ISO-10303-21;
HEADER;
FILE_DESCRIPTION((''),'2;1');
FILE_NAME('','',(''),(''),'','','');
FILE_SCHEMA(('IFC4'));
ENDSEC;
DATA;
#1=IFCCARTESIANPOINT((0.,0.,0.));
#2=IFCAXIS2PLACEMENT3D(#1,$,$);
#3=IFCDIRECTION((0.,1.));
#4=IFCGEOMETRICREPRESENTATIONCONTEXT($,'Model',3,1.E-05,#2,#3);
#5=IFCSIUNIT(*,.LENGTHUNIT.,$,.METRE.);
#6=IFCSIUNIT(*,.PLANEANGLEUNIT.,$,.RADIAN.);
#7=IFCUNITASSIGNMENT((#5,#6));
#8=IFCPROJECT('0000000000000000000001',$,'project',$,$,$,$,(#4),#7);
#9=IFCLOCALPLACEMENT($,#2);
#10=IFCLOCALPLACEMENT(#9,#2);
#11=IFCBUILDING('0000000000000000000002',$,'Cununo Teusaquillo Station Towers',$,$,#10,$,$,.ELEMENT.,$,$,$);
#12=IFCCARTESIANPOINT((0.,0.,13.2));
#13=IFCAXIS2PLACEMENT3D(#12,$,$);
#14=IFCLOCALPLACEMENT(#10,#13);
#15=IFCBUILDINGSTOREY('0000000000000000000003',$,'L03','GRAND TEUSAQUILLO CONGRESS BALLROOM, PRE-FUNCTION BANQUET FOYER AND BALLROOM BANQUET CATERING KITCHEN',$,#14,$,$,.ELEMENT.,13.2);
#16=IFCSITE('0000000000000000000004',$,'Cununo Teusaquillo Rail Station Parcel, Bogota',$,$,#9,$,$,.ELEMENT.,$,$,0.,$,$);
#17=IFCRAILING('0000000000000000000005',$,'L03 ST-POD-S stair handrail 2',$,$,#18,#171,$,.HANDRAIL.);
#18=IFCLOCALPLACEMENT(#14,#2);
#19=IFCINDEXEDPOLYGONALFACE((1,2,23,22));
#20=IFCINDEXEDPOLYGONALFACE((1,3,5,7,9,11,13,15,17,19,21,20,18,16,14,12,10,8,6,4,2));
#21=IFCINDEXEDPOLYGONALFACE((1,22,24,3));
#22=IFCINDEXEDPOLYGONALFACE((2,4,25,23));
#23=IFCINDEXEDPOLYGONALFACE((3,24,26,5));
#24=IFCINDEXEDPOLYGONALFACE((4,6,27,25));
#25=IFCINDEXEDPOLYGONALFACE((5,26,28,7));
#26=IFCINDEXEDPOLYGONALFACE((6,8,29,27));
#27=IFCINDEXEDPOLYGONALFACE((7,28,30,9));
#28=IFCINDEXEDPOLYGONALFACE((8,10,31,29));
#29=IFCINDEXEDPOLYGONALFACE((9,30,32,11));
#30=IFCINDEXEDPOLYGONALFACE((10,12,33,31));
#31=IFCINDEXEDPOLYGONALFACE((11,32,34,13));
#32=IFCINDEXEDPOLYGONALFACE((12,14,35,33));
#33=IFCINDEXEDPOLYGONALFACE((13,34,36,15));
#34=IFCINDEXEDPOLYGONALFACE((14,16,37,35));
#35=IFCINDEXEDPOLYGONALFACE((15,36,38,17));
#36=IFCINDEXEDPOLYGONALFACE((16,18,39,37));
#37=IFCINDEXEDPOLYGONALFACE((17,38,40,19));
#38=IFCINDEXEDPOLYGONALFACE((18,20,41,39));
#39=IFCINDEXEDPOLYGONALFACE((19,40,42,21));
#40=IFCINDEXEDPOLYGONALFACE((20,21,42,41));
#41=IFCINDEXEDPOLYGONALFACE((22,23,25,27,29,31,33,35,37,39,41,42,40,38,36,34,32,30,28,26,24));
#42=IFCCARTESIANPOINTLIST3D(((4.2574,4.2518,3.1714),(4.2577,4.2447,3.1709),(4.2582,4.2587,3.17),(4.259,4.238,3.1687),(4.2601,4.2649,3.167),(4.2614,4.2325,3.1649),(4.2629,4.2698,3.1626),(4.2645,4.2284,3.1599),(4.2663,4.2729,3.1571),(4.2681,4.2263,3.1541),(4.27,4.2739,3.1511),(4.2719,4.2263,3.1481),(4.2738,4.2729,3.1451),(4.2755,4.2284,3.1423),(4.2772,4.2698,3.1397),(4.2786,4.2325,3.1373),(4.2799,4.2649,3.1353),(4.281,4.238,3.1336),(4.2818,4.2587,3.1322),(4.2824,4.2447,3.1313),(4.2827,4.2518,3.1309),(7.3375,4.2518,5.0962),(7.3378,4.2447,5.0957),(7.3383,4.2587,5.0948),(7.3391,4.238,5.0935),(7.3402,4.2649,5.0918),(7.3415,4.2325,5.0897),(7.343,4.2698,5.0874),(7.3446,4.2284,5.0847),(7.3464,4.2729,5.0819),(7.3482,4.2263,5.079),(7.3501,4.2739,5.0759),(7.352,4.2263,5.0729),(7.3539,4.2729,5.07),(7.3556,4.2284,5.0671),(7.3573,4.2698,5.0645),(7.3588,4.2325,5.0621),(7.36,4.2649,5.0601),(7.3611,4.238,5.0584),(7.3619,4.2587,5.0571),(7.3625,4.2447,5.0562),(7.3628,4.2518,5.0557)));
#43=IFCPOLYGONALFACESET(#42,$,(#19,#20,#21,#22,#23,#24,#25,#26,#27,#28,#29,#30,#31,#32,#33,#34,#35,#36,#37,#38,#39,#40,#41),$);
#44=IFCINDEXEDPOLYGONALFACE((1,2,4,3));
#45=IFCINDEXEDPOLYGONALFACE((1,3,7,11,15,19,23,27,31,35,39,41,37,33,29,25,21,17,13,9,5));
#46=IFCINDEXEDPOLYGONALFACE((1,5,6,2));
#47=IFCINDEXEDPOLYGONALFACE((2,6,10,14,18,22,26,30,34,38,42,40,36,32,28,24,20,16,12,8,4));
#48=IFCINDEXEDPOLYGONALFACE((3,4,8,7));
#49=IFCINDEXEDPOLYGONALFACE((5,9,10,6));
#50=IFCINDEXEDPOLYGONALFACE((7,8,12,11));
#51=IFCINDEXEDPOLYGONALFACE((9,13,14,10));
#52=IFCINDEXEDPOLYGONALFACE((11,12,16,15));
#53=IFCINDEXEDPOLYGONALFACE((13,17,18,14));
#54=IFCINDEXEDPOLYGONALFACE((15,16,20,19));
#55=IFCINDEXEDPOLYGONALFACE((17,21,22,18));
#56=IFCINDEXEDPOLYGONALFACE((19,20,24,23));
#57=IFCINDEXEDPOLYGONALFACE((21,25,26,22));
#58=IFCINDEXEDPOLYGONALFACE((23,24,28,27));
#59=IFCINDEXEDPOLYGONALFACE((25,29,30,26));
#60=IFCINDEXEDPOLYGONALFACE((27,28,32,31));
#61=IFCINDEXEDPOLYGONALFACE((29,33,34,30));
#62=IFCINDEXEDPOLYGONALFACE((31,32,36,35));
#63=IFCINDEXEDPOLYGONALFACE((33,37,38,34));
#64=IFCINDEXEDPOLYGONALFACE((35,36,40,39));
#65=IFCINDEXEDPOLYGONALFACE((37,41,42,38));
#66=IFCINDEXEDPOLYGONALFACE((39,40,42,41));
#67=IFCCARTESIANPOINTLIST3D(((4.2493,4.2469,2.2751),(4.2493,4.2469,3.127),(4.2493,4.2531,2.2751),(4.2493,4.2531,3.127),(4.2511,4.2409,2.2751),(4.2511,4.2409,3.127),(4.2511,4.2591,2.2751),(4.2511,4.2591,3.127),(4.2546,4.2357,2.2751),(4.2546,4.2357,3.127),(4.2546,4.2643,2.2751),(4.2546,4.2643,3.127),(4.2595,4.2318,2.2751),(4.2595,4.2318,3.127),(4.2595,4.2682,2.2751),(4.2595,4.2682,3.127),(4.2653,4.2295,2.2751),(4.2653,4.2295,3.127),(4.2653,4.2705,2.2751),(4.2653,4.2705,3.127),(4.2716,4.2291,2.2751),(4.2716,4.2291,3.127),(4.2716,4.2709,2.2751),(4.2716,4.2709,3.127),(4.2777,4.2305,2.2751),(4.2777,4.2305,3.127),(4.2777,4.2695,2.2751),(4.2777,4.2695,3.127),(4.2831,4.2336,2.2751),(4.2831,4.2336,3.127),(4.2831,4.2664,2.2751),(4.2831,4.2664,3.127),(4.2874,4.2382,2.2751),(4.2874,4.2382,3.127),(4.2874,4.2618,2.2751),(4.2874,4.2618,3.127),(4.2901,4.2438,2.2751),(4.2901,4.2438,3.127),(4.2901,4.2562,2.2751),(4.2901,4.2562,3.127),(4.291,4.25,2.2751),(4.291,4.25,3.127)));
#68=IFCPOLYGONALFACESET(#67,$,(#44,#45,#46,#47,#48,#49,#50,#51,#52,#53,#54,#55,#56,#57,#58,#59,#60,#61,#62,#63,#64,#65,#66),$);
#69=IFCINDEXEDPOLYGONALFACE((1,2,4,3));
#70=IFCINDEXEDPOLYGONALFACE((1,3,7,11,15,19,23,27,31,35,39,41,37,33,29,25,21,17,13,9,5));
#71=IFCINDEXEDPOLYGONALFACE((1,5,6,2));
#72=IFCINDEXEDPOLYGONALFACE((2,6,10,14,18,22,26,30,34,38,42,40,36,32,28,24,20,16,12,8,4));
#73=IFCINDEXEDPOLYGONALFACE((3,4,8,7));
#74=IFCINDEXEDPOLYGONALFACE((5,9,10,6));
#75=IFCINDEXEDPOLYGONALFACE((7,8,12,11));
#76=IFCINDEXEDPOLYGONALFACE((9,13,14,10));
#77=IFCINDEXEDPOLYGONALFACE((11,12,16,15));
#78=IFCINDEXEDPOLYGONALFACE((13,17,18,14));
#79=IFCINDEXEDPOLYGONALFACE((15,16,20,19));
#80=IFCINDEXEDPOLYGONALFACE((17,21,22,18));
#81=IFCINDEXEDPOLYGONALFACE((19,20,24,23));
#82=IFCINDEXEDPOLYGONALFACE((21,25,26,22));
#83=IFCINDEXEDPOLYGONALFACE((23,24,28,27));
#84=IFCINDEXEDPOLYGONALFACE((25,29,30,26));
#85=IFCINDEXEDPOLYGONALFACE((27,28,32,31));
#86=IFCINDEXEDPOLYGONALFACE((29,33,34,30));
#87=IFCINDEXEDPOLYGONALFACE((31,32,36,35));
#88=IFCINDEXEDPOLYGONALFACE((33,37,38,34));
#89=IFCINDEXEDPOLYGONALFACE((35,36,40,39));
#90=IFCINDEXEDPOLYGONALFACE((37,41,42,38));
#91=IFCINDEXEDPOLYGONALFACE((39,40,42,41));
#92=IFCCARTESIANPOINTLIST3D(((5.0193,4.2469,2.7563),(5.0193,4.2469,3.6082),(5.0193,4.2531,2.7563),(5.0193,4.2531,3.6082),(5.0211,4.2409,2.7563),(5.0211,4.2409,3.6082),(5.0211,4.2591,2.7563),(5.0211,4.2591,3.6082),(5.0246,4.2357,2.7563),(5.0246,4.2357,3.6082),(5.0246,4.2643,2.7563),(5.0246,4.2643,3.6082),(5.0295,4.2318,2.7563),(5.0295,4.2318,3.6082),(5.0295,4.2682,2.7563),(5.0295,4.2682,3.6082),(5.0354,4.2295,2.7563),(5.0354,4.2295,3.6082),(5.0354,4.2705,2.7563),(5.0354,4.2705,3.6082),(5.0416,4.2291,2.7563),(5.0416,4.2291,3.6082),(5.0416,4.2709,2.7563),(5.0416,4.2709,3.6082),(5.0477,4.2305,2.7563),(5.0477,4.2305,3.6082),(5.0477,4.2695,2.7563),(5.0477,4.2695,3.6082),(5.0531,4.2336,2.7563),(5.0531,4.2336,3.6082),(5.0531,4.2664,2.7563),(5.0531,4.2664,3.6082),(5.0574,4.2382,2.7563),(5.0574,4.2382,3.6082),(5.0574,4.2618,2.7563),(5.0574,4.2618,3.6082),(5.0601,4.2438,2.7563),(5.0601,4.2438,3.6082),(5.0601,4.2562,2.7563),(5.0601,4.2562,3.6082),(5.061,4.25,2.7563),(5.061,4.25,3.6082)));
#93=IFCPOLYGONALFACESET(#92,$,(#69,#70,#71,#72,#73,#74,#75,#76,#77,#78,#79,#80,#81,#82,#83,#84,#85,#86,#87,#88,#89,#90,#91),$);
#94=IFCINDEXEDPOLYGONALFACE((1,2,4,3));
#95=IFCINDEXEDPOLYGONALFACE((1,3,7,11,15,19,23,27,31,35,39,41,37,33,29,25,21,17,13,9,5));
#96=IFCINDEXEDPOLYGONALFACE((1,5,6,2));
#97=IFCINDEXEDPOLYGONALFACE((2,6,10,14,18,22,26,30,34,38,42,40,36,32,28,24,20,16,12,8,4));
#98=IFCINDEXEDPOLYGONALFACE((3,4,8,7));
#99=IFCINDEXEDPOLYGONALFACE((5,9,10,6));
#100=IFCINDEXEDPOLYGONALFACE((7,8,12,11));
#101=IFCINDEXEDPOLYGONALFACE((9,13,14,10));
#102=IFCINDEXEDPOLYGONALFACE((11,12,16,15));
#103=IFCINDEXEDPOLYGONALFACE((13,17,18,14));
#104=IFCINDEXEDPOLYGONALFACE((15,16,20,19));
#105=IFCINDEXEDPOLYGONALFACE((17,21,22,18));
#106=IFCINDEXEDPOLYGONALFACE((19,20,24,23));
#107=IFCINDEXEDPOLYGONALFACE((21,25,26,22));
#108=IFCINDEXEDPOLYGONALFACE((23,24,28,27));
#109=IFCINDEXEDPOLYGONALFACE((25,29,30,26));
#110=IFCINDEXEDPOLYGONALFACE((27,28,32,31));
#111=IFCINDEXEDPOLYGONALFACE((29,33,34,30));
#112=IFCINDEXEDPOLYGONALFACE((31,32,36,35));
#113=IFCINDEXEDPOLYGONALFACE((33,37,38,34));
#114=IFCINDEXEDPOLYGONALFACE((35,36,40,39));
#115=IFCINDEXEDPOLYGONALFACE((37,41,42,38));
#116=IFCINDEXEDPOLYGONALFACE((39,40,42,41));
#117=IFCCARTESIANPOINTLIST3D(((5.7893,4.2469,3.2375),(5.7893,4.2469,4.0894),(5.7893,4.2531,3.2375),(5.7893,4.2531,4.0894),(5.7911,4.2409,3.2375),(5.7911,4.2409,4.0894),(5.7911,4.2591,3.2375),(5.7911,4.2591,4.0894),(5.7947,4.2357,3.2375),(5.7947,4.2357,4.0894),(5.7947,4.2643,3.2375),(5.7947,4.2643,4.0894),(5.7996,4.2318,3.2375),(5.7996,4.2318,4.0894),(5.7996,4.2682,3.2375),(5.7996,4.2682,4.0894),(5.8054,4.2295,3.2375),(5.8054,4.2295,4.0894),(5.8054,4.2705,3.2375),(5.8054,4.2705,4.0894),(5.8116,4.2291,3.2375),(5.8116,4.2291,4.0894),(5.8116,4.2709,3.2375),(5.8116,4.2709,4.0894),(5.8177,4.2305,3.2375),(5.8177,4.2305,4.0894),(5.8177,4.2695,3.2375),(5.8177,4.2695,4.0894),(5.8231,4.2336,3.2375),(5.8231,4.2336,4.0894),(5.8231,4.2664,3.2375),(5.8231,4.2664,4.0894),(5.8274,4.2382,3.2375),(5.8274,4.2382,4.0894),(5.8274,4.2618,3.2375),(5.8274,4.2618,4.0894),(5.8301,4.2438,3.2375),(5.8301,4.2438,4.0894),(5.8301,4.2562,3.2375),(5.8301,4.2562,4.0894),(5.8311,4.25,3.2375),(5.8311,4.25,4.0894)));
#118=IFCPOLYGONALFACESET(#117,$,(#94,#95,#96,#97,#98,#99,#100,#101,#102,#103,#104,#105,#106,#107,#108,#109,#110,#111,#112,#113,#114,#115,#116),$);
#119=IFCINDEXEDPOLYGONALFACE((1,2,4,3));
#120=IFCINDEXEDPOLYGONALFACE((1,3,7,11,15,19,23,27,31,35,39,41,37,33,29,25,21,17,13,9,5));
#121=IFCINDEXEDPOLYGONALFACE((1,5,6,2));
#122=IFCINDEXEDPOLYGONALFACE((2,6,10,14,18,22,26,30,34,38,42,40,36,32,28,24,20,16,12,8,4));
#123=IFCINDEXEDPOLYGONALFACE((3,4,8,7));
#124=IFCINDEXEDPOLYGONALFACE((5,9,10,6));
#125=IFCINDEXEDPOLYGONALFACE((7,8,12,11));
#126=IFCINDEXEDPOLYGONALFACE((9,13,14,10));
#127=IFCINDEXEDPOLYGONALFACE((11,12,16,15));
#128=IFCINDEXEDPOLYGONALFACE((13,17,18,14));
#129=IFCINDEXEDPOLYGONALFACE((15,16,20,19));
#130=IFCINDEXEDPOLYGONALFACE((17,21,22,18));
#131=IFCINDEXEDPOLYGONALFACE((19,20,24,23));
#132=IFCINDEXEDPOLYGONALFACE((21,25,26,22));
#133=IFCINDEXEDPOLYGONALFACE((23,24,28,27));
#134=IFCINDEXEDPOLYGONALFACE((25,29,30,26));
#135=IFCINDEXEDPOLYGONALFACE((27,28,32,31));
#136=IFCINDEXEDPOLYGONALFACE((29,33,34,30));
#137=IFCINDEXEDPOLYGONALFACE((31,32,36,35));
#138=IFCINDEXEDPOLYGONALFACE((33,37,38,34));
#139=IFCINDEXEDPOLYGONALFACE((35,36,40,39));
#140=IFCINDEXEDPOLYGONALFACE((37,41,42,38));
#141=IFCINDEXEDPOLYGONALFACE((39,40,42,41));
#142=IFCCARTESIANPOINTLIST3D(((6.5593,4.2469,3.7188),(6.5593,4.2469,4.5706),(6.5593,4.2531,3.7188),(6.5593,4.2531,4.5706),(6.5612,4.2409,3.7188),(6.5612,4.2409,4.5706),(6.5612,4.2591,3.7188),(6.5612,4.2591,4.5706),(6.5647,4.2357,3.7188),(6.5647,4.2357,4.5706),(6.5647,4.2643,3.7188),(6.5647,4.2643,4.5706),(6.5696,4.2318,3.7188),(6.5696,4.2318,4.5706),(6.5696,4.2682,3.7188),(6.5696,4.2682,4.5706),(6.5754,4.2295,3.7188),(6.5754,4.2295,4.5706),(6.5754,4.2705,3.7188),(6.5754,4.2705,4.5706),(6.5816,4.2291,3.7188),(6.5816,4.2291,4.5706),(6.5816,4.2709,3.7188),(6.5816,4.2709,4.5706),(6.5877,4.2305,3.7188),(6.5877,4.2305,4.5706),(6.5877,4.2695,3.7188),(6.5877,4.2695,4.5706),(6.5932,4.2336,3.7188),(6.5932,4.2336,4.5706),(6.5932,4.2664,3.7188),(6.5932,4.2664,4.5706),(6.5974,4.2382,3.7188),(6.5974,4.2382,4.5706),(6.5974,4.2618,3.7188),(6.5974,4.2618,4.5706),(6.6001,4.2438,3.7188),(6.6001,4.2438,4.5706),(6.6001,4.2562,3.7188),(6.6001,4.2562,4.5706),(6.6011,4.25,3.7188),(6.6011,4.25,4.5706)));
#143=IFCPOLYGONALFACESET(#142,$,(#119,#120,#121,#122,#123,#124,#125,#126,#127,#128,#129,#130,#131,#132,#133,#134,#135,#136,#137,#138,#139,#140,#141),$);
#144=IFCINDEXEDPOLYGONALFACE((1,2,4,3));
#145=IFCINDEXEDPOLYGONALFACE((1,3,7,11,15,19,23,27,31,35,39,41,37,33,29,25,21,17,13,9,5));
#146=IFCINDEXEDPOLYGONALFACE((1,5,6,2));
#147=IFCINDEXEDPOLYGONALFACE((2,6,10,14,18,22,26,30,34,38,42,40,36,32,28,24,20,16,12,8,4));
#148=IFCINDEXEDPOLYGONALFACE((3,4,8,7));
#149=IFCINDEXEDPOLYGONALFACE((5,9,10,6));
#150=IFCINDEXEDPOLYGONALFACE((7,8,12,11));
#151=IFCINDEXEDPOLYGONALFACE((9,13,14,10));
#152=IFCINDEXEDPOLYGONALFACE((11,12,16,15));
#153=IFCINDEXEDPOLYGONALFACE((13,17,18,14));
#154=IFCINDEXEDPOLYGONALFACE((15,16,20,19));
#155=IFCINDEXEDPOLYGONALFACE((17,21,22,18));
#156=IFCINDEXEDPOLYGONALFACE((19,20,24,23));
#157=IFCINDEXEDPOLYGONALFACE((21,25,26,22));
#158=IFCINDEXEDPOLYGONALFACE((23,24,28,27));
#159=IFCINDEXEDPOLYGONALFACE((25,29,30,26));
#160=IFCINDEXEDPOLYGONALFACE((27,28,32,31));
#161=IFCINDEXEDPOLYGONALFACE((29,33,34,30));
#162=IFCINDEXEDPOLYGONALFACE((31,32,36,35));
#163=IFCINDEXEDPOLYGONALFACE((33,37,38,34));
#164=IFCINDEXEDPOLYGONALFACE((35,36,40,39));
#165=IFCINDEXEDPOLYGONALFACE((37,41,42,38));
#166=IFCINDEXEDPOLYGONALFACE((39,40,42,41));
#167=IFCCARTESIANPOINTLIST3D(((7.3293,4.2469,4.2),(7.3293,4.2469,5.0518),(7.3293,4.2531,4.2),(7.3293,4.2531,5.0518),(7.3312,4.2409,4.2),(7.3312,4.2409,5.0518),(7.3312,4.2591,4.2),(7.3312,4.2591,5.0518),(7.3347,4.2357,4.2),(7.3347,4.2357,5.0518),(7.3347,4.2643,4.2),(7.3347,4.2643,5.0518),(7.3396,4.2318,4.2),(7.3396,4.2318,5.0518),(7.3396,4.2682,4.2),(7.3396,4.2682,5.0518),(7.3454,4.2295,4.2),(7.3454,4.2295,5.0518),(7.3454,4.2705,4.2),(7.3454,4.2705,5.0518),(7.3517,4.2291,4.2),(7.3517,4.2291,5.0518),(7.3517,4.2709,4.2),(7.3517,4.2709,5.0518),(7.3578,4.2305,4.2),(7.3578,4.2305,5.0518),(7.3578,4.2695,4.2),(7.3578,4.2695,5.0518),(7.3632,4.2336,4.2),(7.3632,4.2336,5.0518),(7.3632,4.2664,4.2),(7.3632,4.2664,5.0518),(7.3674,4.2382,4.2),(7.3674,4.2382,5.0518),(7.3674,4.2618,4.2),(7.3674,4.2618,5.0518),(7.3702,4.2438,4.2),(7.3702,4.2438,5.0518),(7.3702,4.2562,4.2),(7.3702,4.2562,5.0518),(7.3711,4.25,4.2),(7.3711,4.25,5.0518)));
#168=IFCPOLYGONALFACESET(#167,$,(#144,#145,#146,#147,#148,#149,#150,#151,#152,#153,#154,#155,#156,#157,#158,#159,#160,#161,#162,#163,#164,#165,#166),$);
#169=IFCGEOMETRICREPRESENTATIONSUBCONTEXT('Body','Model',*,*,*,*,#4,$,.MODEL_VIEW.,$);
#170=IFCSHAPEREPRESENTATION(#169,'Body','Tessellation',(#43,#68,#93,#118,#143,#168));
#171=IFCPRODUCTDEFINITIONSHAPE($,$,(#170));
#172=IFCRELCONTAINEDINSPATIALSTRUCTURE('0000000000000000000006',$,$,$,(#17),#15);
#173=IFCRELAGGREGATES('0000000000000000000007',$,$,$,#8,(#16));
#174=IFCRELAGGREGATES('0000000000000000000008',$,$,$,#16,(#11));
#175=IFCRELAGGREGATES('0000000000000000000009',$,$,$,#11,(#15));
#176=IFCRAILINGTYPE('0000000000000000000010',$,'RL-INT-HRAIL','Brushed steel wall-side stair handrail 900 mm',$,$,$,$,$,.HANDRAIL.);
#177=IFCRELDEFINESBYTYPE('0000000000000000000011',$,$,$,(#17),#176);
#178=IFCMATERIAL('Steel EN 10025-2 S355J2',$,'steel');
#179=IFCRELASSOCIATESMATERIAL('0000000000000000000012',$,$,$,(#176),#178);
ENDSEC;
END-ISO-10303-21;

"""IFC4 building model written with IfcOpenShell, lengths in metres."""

from ifc_helpers import new_model, si_unit, direction, frame, origin, origin_2d, place, context, subcontext, project, spatial, circle, extrude, material, type_object, element, save


model = new_model("IFC4")

# Units and contexts
model_context = context("Model", 3, precision=1e-05, world=origin(), true_north=direction((0.0, 1.0)))
body_context = subcontext(model_context, "Body", "Model", "MODEL_VIEW")
ifc_project = project(units=[si_unit("LENGTHUNIT", "METRE"), si_unit("PLANEANGLEUNIT", "RADIAN")], contexts=[model_context])

# Site, building, storey
site_placement = place(None, origin())
site = spatial("IfcSite", under=ifc_project, at=site_placement, Name="Cununo Teusaquillo Rail Station Parcel, Bogota", CompositionType="ELEMENT", RefElevation=0.0)
building_placement = place(site_placement, origin())
building = spatial("IfcBuilding", under=site, at=building_placement, Name="Cununo Teusaquillo Station Towers", CompositionType="ELEMENT")
storey_placement = place(building_placement, frame((0.0, 0.0, 13.2)))
storey = spatial("IfcBuildingStorey", under=building, at=storey_placement, Name="L03", Description="GRAND TEUSAQUILLO CONGRESS BALLROOM, PRE-FUNCTION BANQUET FOYER AND BALLROOM BANQUET CATERING KITCHEN", CompositionType="ELEMENT", Elevation=13.2)

# Railing
ifc_material_1 = material(Name="Steel EN 10025-2 S355J2", Category="steel")
railing_type_1 = type_object("IfcRailingType", Name="RL-INT-HRAIL", Description="Brushed steel wall-side stair handrail 900 mm", PredefinedType="HANDRAIL", material=ifc_material_1)
railing_1_placement = place(storey_placement, frame((4.27, 4.25, 2.2751)))
element("IfcRailing", 1, at=railing_1_placement, inside=storey, type_object=railing_type_1, Name="L03 ST-POD-S stair handrail 2", PredefinedType="HANDRAIL", context=body_context, shape_type="SweptSolid", body=[
    extrude(circle(Radius=0.0239, at=origin_2d()), frame((0.0, 0.0, 0.876), z_axis=(0.848029, 0.0, 0.529951), x_axis=(0.0, 1.0, 0.0)), (0.0, 0.0, 1.0), 3.6321),
    extrude(circle(Radius=0.021, at=origin_2d()), origin(), (0.0, 0.0, 1.0), 0.8518),
    extrude(circle(Radius=0.021, at=origin_2d()), frame((0.77, 0.0, 0.4812)), (0.0, 0.0, 1.0), 0.8518),
    extrude(circle(Radius=0.021, at=origin_2d()), frame((1.54, 0.0, 0.9624)), (0.0, 0.0, 1.0), 0.8518),
    extrude(circle(Radius=0.021, at=origin_2d()), frame((2.3101, 0.0, 1.4436)), (0.0, 0.0, 1.0), 0.8518),
    extrude(circle(Radius=0.021, at=origin_2d()), frame((3.0801, 0.0, 1.9248)), (0.0, 0.0, 1.0), 0.8518),
])

save(model, "model.ifc")
